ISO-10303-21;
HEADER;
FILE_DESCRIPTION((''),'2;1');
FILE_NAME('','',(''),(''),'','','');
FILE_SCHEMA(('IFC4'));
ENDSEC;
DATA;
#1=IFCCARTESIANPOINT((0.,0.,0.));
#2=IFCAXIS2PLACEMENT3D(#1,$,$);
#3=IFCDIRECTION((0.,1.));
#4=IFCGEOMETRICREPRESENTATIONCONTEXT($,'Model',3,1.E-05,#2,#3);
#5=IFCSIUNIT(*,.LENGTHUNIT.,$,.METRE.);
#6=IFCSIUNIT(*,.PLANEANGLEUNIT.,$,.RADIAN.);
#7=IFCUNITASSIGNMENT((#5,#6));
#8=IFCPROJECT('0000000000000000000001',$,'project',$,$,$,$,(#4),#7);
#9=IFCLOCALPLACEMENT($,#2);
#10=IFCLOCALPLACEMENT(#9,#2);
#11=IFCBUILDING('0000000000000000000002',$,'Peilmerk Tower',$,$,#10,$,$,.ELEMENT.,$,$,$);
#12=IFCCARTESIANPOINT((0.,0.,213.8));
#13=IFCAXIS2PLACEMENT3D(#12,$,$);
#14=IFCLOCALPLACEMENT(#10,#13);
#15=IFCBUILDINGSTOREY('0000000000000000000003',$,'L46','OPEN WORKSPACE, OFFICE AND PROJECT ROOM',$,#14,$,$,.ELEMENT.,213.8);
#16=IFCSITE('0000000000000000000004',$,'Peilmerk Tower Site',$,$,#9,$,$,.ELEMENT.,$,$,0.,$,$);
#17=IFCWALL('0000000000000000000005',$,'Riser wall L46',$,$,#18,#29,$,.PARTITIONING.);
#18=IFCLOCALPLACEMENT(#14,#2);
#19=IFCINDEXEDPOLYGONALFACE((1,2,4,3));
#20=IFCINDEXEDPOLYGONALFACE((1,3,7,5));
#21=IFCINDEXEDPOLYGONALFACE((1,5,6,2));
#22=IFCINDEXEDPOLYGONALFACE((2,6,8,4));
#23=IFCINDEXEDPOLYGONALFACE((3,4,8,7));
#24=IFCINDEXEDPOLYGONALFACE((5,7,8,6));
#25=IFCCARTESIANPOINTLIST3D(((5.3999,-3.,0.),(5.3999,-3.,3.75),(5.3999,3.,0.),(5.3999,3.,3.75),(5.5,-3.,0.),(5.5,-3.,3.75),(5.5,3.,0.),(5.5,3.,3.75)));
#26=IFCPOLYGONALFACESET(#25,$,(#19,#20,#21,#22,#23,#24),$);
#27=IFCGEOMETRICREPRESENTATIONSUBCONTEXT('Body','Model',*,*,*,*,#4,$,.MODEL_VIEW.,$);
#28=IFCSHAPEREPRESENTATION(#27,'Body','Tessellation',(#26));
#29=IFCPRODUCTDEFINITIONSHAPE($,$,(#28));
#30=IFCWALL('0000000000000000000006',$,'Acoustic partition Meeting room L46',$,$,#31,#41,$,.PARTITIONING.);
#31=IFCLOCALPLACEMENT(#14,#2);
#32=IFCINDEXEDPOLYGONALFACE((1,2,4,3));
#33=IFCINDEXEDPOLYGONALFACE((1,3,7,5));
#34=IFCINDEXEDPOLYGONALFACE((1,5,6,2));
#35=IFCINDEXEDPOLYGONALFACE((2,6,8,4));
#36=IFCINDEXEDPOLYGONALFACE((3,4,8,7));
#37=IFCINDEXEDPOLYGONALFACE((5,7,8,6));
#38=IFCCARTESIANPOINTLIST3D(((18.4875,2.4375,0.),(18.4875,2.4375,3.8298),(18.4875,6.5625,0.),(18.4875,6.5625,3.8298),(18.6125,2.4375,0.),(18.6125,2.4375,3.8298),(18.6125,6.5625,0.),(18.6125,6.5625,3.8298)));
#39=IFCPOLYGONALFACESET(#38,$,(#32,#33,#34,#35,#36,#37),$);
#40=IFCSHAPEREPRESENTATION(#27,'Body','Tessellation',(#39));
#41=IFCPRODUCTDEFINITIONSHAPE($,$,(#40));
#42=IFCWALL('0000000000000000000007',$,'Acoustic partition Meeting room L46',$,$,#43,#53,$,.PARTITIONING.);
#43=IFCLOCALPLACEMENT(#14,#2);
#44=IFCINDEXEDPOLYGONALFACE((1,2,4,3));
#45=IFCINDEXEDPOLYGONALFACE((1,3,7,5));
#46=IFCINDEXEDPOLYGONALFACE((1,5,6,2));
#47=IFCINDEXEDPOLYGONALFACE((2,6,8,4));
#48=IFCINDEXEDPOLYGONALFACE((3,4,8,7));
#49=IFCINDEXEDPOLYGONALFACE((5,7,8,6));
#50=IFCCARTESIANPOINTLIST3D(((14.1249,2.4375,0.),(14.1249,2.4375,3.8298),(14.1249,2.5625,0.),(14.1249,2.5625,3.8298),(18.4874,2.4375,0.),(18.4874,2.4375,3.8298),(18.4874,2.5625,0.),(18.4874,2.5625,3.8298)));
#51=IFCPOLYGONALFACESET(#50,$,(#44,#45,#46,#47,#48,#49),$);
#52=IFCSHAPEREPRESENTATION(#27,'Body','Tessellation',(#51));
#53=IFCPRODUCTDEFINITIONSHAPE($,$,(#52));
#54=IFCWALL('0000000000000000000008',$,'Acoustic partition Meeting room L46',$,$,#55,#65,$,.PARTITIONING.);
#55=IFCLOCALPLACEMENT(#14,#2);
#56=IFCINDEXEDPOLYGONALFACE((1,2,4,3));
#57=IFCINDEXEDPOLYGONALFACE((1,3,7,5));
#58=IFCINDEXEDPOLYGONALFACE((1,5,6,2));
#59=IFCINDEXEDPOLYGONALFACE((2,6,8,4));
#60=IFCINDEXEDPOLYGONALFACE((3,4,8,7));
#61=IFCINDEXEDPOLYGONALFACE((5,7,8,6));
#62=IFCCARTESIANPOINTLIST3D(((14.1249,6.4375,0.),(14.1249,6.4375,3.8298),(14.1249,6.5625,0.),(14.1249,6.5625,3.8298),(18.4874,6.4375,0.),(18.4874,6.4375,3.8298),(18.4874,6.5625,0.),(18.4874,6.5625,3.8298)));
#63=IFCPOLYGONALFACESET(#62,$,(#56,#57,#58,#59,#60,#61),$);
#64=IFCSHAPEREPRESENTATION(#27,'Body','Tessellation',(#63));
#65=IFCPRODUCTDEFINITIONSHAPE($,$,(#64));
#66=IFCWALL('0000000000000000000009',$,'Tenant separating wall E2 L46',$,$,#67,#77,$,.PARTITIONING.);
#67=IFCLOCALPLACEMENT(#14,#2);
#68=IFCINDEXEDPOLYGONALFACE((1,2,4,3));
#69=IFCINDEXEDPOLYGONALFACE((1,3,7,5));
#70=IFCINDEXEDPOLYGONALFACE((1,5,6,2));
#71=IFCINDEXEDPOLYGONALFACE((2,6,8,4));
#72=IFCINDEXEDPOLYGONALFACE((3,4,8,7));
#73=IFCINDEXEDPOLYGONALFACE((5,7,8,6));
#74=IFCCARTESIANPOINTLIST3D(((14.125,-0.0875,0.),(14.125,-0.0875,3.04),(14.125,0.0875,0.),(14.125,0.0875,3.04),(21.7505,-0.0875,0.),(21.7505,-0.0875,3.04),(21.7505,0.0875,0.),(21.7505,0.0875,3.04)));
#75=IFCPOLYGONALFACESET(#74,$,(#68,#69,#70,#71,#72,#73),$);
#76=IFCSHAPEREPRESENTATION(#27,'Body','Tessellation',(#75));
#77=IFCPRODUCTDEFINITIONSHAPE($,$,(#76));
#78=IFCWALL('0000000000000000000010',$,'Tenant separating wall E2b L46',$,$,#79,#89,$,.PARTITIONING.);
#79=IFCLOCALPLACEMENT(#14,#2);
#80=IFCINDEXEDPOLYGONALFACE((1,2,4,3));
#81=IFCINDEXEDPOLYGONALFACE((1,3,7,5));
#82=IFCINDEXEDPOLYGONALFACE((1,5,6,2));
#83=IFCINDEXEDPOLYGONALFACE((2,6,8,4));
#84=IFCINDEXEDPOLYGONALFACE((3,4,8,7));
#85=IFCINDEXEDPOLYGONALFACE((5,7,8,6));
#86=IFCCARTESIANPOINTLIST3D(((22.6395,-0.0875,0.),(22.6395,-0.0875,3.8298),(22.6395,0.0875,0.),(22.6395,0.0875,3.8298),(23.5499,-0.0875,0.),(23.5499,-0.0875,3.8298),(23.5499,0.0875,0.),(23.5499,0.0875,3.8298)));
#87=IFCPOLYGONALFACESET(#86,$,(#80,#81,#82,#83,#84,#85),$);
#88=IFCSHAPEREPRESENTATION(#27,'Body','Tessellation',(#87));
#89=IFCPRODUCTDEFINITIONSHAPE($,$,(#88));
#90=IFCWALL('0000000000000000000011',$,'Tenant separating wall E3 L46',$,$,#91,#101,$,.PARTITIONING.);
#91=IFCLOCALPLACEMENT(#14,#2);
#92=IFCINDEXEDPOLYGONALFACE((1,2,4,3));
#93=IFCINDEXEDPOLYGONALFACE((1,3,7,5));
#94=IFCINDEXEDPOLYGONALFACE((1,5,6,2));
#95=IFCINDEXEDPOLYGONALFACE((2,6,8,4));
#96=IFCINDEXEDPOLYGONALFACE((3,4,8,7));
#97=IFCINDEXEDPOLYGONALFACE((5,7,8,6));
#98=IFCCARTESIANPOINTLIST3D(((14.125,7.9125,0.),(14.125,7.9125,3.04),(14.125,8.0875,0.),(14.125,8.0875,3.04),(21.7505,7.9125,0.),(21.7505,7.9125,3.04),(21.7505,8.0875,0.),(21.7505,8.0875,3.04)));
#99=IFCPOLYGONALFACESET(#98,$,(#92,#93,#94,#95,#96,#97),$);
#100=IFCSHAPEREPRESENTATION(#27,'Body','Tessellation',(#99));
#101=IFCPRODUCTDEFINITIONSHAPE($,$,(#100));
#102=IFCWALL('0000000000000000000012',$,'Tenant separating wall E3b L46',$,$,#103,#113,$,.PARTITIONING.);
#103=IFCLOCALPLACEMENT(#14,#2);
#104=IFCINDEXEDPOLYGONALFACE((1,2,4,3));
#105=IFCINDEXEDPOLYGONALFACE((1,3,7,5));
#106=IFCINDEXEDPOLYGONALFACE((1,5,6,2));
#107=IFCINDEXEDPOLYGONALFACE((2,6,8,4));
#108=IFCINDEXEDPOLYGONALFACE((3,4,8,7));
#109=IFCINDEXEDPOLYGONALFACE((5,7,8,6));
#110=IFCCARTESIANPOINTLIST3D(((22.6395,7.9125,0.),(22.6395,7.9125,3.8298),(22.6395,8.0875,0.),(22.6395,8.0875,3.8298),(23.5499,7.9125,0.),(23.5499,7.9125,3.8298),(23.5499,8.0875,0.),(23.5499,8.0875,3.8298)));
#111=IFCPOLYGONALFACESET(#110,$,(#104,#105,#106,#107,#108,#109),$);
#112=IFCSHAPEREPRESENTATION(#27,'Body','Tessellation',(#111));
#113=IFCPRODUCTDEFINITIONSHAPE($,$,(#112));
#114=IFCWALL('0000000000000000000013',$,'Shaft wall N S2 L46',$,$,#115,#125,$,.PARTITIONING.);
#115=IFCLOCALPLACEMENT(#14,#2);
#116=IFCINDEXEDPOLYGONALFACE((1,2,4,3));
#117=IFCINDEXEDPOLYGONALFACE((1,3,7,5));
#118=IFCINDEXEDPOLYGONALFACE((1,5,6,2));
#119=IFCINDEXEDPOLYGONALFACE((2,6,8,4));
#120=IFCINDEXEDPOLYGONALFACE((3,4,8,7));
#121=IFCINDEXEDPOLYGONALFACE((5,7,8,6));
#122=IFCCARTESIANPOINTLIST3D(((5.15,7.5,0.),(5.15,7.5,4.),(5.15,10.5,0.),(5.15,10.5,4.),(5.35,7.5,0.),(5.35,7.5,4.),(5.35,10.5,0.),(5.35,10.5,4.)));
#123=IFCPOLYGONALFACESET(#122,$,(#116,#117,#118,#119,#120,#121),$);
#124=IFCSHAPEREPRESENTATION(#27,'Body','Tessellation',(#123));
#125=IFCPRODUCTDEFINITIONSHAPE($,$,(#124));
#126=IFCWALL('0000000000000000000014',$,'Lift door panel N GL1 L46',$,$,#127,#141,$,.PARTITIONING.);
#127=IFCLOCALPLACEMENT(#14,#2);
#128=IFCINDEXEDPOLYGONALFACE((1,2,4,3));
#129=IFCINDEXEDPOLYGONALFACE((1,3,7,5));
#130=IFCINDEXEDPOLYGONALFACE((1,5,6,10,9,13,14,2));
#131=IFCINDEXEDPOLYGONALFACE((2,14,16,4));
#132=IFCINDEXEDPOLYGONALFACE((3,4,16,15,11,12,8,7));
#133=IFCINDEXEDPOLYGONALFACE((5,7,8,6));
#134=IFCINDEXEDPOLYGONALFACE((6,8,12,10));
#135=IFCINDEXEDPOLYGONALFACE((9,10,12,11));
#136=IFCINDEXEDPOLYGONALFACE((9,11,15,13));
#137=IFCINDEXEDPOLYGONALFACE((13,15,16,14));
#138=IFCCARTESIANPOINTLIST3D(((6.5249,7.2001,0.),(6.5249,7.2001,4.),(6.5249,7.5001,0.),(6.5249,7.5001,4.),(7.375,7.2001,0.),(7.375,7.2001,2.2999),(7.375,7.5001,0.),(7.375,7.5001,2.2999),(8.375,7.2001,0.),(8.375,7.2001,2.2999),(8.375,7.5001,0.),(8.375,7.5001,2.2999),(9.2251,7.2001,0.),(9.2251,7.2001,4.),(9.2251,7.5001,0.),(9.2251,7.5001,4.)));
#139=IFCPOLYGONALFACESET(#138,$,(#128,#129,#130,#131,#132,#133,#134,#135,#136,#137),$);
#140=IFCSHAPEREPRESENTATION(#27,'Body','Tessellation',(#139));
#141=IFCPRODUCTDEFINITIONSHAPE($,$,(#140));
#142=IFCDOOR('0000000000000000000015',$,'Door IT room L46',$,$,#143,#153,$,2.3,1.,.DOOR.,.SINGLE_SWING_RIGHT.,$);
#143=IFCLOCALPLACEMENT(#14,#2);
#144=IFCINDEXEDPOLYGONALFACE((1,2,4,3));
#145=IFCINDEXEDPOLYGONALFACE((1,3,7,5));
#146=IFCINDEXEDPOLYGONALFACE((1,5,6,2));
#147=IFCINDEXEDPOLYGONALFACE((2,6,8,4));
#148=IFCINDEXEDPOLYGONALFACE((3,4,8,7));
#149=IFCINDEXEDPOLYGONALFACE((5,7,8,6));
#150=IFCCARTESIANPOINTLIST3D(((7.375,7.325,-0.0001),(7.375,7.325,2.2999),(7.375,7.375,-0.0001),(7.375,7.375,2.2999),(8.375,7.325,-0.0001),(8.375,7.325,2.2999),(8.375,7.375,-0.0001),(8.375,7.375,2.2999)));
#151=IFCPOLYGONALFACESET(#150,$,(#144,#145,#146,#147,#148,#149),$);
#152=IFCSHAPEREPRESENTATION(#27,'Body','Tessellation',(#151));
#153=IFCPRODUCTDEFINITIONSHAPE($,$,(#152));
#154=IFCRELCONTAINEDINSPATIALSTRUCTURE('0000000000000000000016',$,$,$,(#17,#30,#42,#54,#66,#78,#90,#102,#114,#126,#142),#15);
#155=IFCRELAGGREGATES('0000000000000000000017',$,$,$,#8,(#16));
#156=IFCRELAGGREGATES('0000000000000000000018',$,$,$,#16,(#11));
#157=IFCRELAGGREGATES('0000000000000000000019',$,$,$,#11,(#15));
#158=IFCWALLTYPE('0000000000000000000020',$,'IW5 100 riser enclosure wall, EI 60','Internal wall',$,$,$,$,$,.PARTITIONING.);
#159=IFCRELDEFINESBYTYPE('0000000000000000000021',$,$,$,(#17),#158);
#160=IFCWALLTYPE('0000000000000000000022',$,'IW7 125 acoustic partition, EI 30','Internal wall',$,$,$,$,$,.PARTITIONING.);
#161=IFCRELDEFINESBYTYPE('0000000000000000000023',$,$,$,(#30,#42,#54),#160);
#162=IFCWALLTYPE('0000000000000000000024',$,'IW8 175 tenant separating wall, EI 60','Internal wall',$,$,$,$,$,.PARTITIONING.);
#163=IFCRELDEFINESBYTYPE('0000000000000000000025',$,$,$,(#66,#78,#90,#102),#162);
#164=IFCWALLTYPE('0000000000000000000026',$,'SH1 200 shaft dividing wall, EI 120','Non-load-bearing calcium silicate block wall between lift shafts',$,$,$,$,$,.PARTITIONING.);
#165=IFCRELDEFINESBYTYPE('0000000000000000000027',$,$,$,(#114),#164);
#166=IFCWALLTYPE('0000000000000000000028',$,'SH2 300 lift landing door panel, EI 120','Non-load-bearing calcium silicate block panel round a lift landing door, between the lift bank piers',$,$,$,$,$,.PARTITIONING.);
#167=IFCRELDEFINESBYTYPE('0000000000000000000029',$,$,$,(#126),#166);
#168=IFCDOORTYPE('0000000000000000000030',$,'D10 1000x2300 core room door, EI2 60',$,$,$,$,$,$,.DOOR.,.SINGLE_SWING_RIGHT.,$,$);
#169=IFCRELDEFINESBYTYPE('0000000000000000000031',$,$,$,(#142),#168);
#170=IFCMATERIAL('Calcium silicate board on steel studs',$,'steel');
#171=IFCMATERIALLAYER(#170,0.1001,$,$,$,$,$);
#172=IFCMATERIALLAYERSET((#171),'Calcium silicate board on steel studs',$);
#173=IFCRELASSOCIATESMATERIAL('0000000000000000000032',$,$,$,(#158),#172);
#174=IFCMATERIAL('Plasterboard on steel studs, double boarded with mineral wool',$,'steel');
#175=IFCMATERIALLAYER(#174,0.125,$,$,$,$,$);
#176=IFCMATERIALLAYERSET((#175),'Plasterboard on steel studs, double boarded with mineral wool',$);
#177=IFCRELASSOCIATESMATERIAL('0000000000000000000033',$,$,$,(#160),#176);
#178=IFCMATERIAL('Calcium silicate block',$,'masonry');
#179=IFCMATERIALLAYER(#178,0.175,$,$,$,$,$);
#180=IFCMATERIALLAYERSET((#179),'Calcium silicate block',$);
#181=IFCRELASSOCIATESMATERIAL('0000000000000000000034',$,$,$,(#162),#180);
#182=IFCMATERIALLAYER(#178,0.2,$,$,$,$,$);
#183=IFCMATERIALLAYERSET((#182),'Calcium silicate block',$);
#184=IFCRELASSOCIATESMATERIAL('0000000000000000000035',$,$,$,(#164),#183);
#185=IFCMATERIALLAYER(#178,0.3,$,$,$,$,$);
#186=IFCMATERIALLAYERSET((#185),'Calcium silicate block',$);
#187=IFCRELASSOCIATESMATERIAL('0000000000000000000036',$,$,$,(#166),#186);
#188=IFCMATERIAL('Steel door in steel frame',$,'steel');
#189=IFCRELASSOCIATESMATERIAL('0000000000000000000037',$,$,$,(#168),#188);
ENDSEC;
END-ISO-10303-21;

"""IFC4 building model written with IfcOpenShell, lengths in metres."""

from ifc_helpers import new_model, si_unit, direction, frame, frame_2d, origin, place, context, subcontext, project, spatial, rectangle, extrude, material, layer, layer_set, type_object, element, fill, save


model = new_model("IFC4")

# Units and contexts
model_context = context("Model", 3, precision=1e-05, world=origin(), true_north=direction((0.0, 1.0)))
body_context = subcontext(model_context, "Body", "Model", "MODEL_VIEW")
ifc_project = project(units=[si_unit("LENGTHUNIT", "METRE"), si_unit("PLANEANGLEUNIT", "RADIAN")], contexts=[model_context])

# Site, building, storey
site_placement = place(None, origin())
site = spatial("IfcSite", under=ifc_project, at=site_placement, Name="Peilmerk Tower Site", CompositionType="ELEMENT", RefElevation=0.0)
building_placement = place(site_placement, origin())
building = spatial("IfcBuilding", under=site, at=building_placement, Name="Peilmerk Tower", CompositionType="ELEMENT")
storey_placement = place(building_placement, frame((0.0, 0.0, 213.8)))
storey = spatial("IfcBuildingStorey", under=building, at=storey_placement, Name="L46", Description="OPEN WORKSPACE, OFFICE AND PROJECT ROOM", CompositionType="ELEMENT", Elevation=213.8)

# Walls
ifc_material_1 = material(Name="Calcium silicate board on steel studs", Category="steel")
ifc_layer_1 = layer(ifc_material_1, 0.1001)
ifc_layer_set_1 = layer_set([ifc_layer_1], Name="Calcium silicate board on steel studs")
wall_type_1 = type_object("IfcWallType", Name="IW5 100 riser enclosure wall, EI 60", Description="Internal wall", PredefinedType="PARTITIONING", material=ifc_layer_set_1)
wall_1_placement = place(storey_placement, frame((5.45, 3.0, 0.0), z_axis=(0.0, 0.0, 1.0), x_axis=(0.0, -1.0, 0.0)))
element("IfcWall", 1, at=wall_1_placement, inside=storey, type_object=wall_type_1, Name="Riser wall L46", PredefinedType="PARTITIONING", context=body_context, shape_type="SweptSolid", body=[
    extrude(rectangle(XDim=6.0, YDim=0.1001, at=frame_2d((3.0, 0.0))), origin(), (0.0, 0.0, 1.0), 3.75),
])
ifc_material_2 = material(Name="Plasterboard on steel studs, double boarded with mineral wool", Category="steel")
ifc_layer_2 = layer(ifc_material_2, 0.125)
ifc_layer_set_2 = layer_set([ifc_layer_2], Name="Plasterboard on steel studs, double boarded with mineral wool")
wall_type_2 = type_object("IfcWallType", Name="IW7 125 acoustic partition, EI 30", Description="Internal wall", PredefinedType="PARTITIONING", material=ifc_layer_set_2)
wall_2_placement = place(storey_placement, frame((18.55, 2.4375, 0.0), z_axis=(0.0, 0.0, 1.0), x_axis=(0.0, 1.0, 0.0)))
element("IfcWall", 2, at=wall_2_placement, inside=storey, type_object=wall_type_2, Name="Acoustic partition Meeting room L46", PredefinedType="PARTITIONING", context=body_context, shape_type="SweptSolid", body=[
    extrude(rectangle(XDim=4.125, YDim=0.125, at=frame_2d((2.0625, 0.0))), origin(), (0.0, 0.0, 1.0), 3.8298),
])
for number, where, z_axis, x_axis, name in (
    (3, (14.125, 2.5, 0.0), (0.0, 0.0, 1.0), (1.0, 0.0, 0.0), "Acoustic partition Meeting room L46"),
    (4, (14.125, 6.5, 0.0), (0.0, 0.0, 1.0), (1.0, 0.0, 0.0), "Acoustic partition Meeting room L46"),
):
    element("IfcWall", number, at=place(storey_placement, frame(where, z_axis=z_axis, x_axis=x_axis)), inside=storey, type_object=wall_type_2, Name=name, PredefinedType="PARTITIONING", context=body_context, shape_type="SweptSolid", body=[
        extrude(rectangle(XDim=4.3625, YDim=0.125, at=frame_2d((2.1812, 0.0))), origin(), (0.0, 0.0, 1.0), 3.8298),
    ])
ifc_material_3 = material(Name="Calcium silicate block", Category="masonry")
ifc_layer_3 = layer(ifc_material_3, 0.175)
ifc_layer_set_3 = layer_set([ifc_layer_3], Name="Calcium silicate block")
wall_type_3 = type_object("IfcWallType", Name="IW8 175 tenant separating wall, EI 60", Description="Internal wall", PredefinedType="PARTITIONING", material=ifc_layer_set_3)
wall_3_placement = place(storey_placement, frame((14.125, 0.0, 0.0), z_axis=(0.0, 0.0, 1.0), x_axis=(1.0, 0.0, 0.0)))
element("IfcWall", 5, at=wall_3_placement, inside=storey, type_object=wall_type_3, Name="Tenant separating wall E2 L46", PredefinedType="PARTITIONING", context=body_context, shape_type="SweptSolid", body=[
    extrude(rectangle(XDim=7.6255, YDim=0.175, at=frame_2d((3.8127, 0.0))), origin(), (0.0, 0.0, 1.0), 3.04),
])
wall_4_placement = place(storey_placement, frame((22.6396, 0.0, 0.0), z_axis=(0.0, 0.0, 1.0), x_axis=(1.0, 0.0, 0.0)))
element("IfcWall", 6, at=wall_4_placement, inside=storey, type_object=wall_type_3, Name="Tenant separating wall E2b L46", PredefinedType="PARTITIONING", context=body_context, shape_type="SweptSolid", body=[
    extrude(rectangle(XDim=0.9104, YDim=0.175, at=frame_2d((0.4551, 0.0))), origin(), (0.0, 0.0, 1.0), 3.8298),
])
wall_5_placement = place(storey_placement, frame((14.125, 8.0, 0.0), z_axis=(0.0, 0.0, 1.0), x_axis=(1.0, 0.0, 0.0)))
element("IfcWall", 7, at=wall_5_placement, inside=storey, type_object=wall_type_3, Name="Tenant separating wall E3 L46", PredefinedType="PARTITIONING", context=body_context, shape_type="SweptSolid", body=[
    extrude(rectangle(XDim=7.6255, YDim=0.175, at=frame_2d((3.8127, 0.0))), origin(), (0.0, 0.0, 1.0), 3.04),
])
wall_6_placement = place(storey_placement, frame((22.6396, 8.0, 0.0), z_axis=(0.0, 0.0, 1.0), x_axis=(1.0, 0.0, 0.0)))
element("IfcWall", 8, at=wall_6_placement, inside=storey, type_object=wall_type_3, Name="Tenant separating wall E3b L46", PredefinedType="PARTITIONING", context=body_context, shape_type="SweptSolid", body=[
    extrude(rectangle(XDim=0.9104, YDim=0.175, at=frame_2d((0.4551, 0.0))), origin(), (0.0, 0.0, 1.0), 3.8298),
])
ifc_layer_4 = layer(ifc_material_3, 0.2)
ifc_layer_set_4 = layer_set([ifc_layer_4], Name="Calcium silicate block")
wall_type_4 = type_object("IfcWallType", Name="SH1 200 shaft dividing wall, EI 120", Description="Non-load-bearing calcium silicate block wall between lift shafts", PredefinedType="PARTITIONING", material=ifc_layer_set_4)
wall_7_placement = place(storey_placement, frame((5.25, 7.5, 0.0), z_axis=(0.0, 0.0, 1.0), x_axis=(0.0, 1.0, 0.0)))
element("IfcWall", 9, at=wall_7_placement, inside=storey, type_object=wall_type_4, Name="Shaft wall N S2 L46", PredefinedType="PARTITIONING", context=body_context, shape_type="SweptSolid", body=[
    extrude(rectangle(XDim=3.0, YDim=0.2, at=frame_2d((1.5, 0.0))), origin(), (0.0, 0.0, 1.0), 4.0),
])

# Wall, opening, door
ifc_layer_5 = layer(ifc_material_3, 0.3)
ifc_layer_set_5 = layer_set([ifc_layer_5], Name="Calcium silicate block")
wall_type_5 = type_object("IfcWallType", Name="SH2 300 lift landing door panel, EI 120", Description="Non-load-bearing calcium silicate block panel round a lift landing door, between the lift bank piers", PredefinedType="PARTITIONING", material=ifc_layer_set_5)
wall_8_placement = place(storey_placement, frame((6.5249, 7.3501, 0.0), z_axis=(0.0, 0.0, 1.0), x_axis=(1.0, 0.0, 0.0)))
wall_8 = element("IfcWall", 10, at=wall_8_placement, inside=storey, type_object=wall_type_5, Name="Lift door panel N GL1 L46", PredefinedType="PARTITIONING", context=body_context, shape_type="SweptSolid", body=[
    extrude(rectangle(XDim=2.7002, YDim=0.3, at=frame_2d((1.3501, 0.0))), origin(), (0.0, 0.0, 1.0), 4.0),
])
opening_1_placement = place(wall_8_placement, frame((0.8501, 0.0, 0.0)))
opening_1 = element("IfcOpeningElement", 11, at=opening_1_placement, cuts=wall_8, PredefinedType="OPENING", context=body_context, shape_type="SweptSolid", body=[
    extrude(rectangle(XDim=1.0, YDim=2.3, at=frame_2d((0.5, 1.1499))), frame((0.0, 0.1599, 0.0), z_axis=(0.0, -1.0, 0.0), x_axis=(1.0, 0.0, 0.0)), (0.0, 0.0, 1.0), 0.3201),
])
ifc_material_4 = material(Name="Steel door in steel frame", Category="steel")
door_type_1 = type_object("IfcDoorType", Name="D10 1000x2300 core room door, EI2 60", OperationType="SINGLE_SWING_RIGHT", PredefinedType="DOOR", material=ifc_material_4)
door_1_placement = place(opening_1_placement, origin())
door_1 = element("IfcDoor", 12, at=door_1_placement, inside=storey, type_object=door_type_1, Name="Door IT room L46", OperationType="SINGLE_SWING_RIGHT", OverallHeight=2.3, OverallWidth=1.0, PredefinedType="DOOR", context=body_context, shape_type="SweptSolid", body=[
    extrude(rectangle(XDim=1.0, YDim=2.3, at=frame_2d((0.5, 1.1499))), frame((0.0, 0.0249, 0.0), z_axis=(0.0, -1.0, 0.0), x_axis=(1.0, 0.0, 0.0)), (0.0, 0.0, 1.0), 0.05),
])
fill(opening_1, door_1)

save(model, "model.ifc")
